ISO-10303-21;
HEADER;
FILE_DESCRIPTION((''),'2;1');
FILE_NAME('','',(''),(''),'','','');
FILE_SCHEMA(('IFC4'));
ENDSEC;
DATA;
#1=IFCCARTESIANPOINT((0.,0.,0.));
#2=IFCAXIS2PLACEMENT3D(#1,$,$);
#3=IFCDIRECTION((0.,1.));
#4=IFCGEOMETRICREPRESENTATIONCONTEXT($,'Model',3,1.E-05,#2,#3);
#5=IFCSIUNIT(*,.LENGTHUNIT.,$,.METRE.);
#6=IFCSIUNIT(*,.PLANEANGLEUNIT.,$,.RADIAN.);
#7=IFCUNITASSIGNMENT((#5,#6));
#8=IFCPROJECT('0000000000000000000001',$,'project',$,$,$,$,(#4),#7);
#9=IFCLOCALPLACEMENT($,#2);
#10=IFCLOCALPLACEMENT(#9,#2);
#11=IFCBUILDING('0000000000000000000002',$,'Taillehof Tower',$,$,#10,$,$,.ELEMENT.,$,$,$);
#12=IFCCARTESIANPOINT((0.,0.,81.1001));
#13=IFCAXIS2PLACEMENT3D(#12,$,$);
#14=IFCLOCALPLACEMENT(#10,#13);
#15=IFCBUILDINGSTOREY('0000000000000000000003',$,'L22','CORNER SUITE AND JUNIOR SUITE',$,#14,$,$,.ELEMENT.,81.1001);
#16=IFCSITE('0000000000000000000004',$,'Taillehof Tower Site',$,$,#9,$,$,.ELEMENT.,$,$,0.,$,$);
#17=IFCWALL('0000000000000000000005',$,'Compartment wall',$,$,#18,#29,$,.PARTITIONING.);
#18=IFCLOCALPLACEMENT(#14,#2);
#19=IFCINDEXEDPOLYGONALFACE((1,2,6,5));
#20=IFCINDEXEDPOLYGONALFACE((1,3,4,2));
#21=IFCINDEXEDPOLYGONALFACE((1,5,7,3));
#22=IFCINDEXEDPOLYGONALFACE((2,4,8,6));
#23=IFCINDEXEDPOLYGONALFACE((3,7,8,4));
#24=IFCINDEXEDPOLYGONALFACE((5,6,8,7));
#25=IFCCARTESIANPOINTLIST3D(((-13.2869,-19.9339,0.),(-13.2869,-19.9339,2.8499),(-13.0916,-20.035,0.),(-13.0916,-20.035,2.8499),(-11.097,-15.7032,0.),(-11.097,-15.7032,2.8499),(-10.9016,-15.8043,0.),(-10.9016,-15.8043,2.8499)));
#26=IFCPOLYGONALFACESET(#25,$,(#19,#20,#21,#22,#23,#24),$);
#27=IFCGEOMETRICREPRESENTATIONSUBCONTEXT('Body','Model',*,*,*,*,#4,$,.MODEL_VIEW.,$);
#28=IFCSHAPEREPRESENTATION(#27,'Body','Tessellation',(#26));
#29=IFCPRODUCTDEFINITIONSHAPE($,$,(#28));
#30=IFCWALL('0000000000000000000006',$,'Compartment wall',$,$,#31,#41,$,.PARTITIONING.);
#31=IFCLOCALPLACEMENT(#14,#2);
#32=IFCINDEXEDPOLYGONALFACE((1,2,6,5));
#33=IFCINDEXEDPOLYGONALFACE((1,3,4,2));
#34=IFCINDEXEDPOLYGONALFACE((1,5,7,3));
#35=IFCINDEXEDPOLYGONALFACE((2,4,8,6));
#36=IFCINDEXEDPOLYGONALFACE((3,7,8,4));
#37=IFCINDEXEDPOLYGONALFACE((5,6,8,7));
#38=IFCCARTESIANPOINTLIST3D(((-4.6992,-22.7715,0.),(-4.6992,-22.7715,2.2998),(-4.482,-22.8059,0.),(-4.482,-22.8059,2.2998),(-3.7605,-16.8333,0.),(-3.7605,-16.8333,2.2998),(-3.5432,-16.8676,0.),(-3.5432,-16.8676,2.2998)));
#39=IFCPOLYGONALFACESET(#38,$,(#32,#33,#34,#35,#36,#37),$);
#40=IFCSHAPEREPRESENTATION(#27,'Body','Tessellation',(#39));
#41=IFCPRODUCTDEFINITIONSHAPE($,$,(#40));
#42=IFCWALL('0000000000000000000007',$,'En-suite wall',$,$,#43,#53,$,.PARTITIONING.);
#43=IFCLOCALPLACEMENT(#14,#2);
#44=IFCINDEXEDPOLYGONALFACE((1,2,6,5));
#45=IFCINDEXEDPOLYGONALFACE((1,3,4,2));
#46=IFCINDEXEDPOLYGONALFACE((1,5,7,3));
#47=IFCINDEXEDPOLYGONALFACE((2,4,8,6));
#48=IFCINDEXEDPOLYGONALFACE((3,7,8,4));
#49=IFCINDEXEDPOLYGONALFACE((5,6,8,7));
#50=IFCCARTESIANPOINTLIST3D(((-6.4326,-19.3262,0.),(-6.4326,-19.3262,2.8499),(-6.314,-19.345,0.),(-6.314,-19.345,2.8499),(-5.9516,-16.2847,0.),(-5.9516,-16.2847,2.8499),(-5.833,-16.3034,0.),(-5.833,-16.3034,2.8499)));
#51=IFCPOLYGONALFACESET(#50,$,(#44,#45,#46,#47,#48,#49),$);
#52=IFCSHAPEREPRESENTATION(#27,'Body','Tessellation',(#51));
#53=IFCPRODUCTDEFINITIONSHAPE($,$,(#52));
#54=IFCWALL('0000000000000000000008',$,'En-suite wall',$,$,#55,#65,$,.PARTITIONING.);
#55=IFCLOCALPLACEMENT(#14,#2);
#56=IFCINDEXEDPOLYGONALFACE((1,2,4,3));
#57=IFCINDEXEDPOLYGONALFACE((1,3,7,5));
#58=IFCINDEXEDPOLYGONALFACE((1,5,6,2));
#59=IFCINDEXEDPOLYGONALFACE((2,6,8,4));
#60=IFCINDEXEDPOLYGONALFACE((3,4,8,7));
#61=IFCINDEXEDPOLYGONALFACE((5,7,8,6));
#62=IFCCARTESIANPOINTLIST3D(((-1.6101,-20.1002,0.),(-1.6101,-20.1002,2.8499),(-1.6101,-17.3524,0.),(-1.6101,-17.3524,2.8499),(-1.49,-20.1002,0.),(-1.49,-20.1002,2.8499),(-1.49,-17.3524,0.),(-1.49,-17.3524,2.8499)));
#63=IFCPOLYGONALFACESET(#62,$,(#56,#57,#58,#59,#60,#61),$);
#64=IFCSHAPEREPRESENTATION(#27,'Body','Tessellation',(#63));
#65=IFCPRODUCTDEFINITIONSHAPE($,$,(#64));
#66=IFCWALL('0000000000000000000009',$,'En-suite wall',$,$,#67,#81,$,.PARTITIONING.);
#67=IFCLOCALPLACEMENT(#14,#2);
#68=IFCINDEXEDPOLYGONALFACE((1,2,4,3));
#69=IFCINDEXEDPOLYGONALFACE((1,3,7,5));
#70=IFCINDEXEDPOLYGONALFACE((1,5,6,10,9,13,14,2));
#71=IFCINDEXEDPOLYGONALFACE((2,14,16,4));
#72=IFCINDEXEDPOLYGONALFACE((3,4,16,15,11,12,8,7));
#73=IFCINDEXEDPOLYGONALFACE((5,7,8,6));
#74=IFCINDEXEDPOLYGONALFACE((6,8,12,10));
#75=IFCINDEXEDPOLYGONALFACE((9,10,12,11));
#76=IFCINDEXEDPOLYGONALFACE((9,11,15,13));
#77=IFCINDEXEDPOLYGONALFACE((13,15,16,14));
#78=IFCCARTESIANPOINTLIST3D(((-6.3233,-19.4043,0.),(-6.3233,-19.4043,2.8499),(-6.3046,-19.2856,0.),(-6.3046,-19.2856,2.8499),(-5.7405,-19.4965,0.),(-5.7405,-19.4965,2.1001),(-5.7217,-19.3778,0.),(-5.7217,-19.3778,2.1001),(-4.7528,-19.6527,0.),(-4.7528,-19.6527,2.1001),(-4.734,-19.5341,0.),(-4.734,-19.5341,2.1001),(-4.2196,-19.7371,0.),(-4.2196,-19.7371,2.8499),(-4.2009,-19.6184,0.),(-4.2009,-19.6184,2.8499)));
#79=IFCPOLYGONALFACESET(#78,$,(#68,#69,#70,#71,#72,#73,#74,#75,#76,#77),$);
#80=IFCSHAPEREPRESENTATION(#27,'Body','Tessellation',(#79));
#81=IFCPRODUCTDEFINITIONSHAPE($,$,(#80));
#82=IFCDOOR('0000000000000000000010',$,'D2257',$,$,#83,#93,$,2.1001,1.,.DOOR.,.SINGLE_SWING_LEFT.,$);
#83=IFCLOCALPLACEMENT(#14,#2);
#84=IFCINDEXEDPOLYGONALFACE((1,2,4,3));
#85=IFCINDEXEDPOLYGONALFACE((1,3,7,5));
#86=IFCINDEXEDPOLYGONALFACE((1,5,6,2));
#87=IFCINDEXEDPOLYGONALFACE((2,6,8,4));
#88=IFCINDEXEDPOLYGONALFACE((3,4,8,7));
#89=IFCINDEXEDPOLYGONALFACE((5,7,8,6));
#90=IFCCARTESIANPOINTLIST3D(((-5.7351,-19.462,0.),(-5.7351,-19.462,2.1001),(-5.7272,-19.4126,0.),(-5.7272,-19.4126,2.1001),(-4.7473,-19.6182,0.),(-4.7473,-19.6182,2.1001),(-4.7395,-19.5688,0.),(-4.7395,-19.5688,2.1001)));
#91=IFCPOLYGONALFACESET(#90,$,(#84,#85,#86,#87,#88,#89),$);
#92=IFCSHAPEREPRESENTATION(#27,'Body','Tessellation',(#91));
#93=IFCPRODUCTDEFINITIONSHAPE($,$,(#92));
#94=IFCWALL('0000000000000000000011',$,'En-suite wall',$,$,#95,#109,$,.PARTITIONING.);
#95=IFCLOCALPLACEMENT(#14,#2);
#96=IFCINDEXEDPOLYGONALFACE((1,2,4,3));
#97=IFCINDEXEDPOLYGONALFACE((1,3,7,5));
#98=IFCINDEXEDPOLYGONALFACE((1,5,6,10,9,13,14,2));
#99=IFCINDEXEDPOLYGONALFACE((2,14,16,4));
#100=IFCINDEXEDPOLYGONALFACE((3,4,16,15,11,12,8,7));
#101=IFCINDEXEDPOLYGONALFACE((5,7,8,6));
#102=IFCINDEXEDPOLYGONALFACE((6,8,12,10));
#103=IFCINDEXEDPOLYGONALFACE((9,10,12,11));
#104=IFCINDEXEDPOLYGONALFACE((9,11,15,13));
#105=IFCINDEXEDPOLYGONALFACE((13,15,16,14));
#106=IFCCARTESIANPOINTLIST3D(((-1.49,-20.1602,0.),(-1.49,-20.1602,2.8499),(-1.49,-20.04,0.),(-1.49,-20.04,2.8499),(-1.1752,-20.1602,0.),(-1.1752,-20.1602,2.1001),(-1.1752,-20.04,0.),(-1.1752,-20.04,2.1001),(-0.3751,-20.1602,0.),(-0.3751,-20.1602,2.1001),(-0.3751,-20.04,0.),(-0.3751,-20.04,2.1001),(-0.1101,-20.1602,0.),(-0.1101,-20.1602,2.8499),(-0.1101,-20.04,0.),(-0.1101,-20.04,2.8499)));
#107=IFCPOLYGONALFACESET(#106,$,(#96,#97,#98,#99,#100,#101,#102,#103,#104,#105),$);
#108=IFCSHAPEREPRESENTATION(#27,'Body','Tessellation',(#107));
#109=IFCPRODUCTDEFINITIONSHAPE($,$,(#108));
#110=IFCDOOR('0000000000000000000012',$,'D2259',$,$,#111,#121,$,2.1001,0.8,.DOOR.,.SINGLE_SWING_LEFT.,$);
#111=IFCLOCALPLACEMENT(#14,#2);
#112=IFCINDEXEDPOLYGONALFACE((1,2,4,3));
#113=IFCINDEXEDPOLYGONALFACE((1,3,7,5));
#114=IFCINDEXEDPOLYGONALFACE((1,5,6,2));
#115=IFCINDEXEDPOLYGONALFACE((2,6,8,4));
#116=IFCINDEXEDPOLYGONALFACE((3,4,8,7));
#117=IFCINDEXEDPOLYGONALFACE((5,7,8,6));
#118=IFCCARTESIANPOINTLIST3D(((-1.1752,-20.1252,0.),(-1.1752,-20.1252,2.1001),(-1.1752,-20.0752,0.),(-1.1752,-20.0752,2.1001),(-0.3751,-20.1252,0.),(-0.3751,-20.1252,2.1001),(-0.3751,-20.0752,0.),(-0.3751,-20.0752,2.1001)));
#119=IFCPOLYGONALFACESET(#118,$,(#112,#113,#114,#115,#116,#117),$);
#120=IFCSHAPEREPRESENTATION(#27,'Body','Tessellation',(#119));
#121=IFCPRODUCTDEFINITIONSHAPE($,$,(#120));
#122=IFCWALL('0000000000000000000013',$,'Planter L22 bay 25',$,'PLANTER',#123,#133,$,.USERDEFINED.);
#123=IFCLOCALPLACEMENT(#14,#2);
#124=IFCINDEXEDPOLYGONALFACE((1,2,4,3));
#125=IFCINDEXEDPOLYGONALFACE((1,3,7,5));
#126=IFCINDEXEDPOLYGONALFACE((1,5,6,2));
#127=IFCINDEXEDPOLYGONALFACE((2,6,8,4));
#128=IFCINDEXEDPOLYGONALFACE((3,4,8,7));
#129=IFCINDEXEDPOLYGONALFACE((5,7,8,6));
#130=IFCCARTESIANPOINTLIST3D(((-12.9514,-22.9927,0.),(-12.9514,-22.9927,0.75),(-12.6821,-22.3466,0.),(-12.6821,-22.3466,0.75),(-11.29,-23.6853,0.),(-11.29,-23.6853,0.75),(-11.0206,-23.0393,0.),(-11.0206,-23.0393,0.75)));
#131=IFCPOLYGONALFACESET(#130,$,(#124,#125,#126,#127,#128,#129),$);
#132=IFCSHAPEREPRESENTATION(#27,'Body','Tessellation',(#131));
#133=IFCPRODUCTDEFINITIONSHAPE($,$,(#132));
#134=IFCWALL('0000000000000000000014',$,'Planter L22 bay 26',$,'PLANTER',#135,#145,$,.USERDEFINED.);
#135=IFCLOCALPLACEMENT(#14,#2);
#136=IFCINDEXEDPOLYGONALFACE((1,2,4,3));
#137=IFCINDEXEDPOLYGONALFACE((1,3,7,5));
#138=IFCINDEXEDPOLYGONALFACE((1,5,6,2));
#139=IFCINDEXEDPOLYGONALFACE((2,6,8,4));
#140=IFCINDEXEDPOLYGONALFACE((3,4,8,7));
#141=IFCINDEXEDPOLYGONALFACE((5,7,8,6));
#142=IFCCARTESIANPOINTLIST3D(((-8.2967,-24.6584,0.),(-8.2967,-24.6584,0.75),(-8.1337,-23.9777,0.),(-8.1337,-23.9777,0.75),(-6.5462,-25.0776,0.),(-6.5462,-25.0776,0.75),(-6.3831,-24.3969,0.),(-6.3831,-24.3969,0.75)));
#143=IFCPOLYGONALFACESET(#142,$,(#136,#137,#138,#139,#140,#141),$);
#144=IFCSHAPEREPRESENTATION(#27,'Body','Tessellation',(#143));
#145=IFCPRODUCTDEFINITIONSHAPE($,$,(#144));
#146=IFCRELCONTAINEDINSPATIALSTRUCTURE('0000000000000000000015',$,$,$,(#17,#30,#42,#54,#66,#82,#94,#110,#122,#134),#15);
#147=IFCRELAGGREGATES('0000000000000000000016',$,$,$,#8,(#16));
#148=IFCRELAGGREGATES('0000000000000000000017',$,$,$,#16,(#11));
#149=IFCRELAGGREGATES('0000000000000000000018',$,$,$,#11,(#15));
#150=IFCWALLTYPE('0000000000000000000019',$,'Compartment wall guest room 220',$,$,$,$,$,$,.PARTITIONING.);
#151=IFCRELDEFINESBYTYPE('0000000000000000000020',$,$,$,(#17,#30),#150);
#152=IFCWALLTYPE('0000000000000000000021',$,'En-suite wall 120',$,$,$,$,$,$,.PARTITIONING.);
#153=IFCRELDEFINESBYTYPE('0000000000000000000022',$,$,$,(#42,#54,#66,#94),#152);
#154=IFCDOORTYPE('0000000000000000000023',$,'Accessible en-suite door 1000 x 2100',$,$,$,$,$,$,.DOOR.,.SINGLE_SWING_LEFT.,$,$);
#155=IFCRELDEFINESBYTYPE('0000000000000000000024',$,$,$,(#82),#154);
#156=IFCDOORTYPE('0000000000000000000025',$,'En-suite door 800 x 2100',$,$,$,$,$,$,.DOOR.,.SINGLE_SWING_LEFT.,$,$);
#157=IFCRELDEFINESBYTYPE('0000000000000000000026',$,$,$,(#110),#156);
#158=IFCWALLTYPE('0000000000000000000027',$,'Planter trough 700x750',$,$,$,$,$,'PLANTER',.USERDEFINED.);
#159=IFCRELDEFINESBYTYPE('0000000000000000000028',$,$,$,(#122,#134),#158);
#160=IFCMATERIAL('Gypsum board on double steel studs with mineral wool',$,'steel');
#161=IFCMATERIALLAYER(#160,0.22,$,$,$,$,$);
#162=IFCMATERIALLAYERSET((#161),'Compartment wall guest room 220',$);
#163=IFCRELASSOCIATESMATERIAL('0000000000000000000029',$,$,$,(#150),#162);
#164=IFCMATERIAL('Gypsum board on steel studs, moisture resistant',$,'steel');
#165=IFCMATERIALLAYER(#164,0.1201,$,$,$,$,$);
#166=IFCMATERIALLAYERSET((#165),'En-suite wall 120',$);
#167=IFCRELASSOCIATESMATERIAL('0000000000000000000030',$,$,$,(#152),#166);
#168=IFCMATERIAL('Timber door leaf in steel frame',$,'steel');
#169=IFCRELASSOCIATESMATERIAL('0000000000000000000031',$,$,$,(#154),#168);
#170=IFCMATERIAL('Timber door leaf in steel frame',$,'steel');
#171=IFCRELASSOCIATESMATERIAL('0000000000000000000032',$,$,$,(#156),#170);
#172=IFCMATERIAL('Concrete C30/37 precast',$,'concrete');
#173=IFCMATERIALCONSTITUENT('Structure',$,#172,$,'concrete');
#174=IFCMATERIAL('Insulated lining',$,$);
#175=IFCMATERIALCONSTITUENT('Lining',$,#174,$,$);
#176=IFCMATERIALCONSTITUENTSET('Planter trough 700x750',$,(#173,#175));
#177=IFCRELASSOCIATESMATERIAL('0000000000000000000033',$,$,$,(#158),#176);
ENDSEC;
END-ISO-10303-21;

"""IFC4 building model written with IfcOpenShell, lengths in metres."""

from ifc_helpers import new_model, si_unit, direction, frame, frame_2d, origin, place, context, subcontext, project, spatial, rectangle, extrude, material, layer, layer_set, constituent, constituent_set, type_object, element, fill, save


model = new_model("IFC4")

# Units and contexts
model_context = context("Model", 3, precision=1e-05, world=origin(), true_north=direction((0.0, 1.0)))
body_context = subcontext(model_context, "Body", "Model", "MODEL_VIEW")
ifc_project = project(units=[si_unit("LENGTHUNIT", "METRE"), si_unit("PLANEANGLEUNIT", "RADIAN")], contexts=[model_context])

# Site, building, storey
site_placement = place(None, origin())
site = spatial("IfcSite", under=ifc_project, at=site_placement, Name="Taillehof Tower Site", CompositionType="ELEMENT", RefElevation=0.0)
building_placement = place(site_placement, origin())
building = spatial("IfcBuilding", under=site, at=building_placement, Name="Taillehof Tower", CompositionType="ELEMENT")
storey_placement = place(building_placement, frame((0.0, 0.0, 81.1001)))
storey = spatial("IfcBuildingStorey", under=building, at=storey_placement, Name="L22", Description="CORNER SUITE AND JUNIOR SUITE", CompositionType="ELEMENT", Elevation=81.1001)

# Walls
ifc_material_1 = material(Name="Gypsum board on double steel studs with mineral wool", Category="steel")
ifc_layer_1 = layer(ifc_material_1, 0.22)
ifc_layer_set_1 = layer_set([ifc_layer_1], Name="Compartment wall guest room 220")
wall_type_1 = type_object("IfcWallType", Name="Compartment wall guest room 220", PredefinedType="PARTITIONING", material=ifc_layer_set_1)
wall_1_placement = place(storey_placement, frame((-13.1892, -19.9844, 0.0), z_axis=(0.0, 0.0, 1.0), x_axis=(0.459695, 0.888077, 0.0)))
element("IfcWall", 1, at=wall_1_placement, inside=storey, type_object=wall_type_1, Name="Compartment wall", PredefinedType="PARTITIONING", context=body_context, shape_type="SweptSolid", body=[
    extrude(rectangle(XDim=4.7639, YDim=0.22, at=frame_2d((2.3818, 0.0))), origin(), (0.0, 0.0, 1.0), 2.8499),
])
wall_2_placement = place(storey_placement, frame((-4.5906, -22.7886, 0.0), z_axis=(0.0, 0.0, 1.0), x_axis=(0.156142, 0.987735, 0.0)))
element("IfcWall", 2, at=wall_2_placement, inside=storey, type_object=wall_type_1, Name="Compartment wall", PredefinedType="PARTITIONING", context=body_context, shape_type="SweptSolid", body=[
    extrude(rectangle(XDim=6.012, YDim=0.22, at=frame_2d((3.0059, 0.0))), origin(), (0.0, 0.0, 1.0), 2.2998),
])
ifc_material_2 = material(Name="Gypsum board on steel studs, moisture resistant", Category="steel")
ifc_layer_2 = layer(ifc_material_2, 0.1201)
ifc_layer_set_2 = layer_set([ifc_layer_2], Name="En-suite wall 120")
wall_type_2 = type_object("IfcWallType", Name="En-suite wall 120", PredefinedType="PARTITIONING", material=ifc_layer_set_2)
wall_3_placement = place(storey_placement, frame((-5.8923, -16.2942, 0.0), z_axis=(0.0, 0.0, 1.0), x_axis=(-0.156191, -0.987727, 0.0)))
element("IfcWall", 3, at=wall_3_placement, inside=storey, type_object=wall_type_2, Name="En-suite wall", PredefinedType="PARTITIONING", context=body_context, shape_type="SweptSolid", body=[
    extrude(rectangle(XDim=3.0793, YDim=0.1201, at=frame_2d((1.5396, 0.0))), origin(), (0.0, 0.0, 1.0), 2.8499),
])
wall_4_placement = place(storey_placement, frame((-1.55, -17.3523, 0.0), z_axis=(0.0, 0.0, 1.0), x_axis=(0.0, -1.0, 0.0)))
element("IfcWall", 4, at=wall_4_placement, inside=storey, type_object=wall_type_2, Name="En-suite wall", PredefinedType="PARTITIONING", context=body_context, shape_type="SweptSolid", body=[
    extrude(rectangle(XDim=2.7478, YDim=0.1201, at=frame_2d((1.374, 0.0))), origin(), (0.0, 0.0, 1.0), 2.8499),
])

# Walls, openings, doors
wall_5_placement = place(storey_placement, frame((-6.314, -19.345, 0.0), z_axis=(0.0, 0.0, 1.0), x_axis=(0.98772, -0.156233, 0.0)))
wall_5 = element("IfcWall", 5, at=wall_5_placement, inside=storey, type_object=wall_type_2, Name="En-suite wall", PredefinedType="PARTITIONING", context=body_context, shape_type="SweptSolid", body=[
    extrude(rectangle(XDim=2.1299, YDim=0.1201, at=frame_2d((1.0649, 0.0))), origin(), (0.0, 0.0, 1.0), 2.8499),
])
opening_1_placement = place(wall_5_placement, frame((0.5901, 0.0, 0.0)))
opening_1 = element("IfcOpeningElement", 6, at=opening_1_placement, cuts=wall_5, PredefinedType="OPENING", context=body_context, shape_type="SweptSolid", body=[
    extrude(rectangle(XDim=1.0, YDim=2.1001, at=frame_2d((0.5, 1.05))), frame((0.0, 0.0701, 0.0), z_axis=(0.0, -1.0, 0.0), x_axis=(1.0, 0.0, 0.0)), (0.0, 0.0, 1.0), 0.1401),
])
ifc_material_3 = material(Name="Timber door leaf in steel frame", Category="steel")
door_type_1 = type_object("IfcDoorType", Name="Accessible en-suite door 1000 x 2100", OperationType="SINGLE_SWING_LEFT", PredefinedType="DOOR", material=ifc_material_3)
door_1_placement = place(opening_1_placement, origin())
door_1 = element("IfcDoor", 7, at=door_1_placement, inside=storey, type_object=door_type_1, Name="D2257", OperationType="SINGLE_SWING_LEFT", OverallHeight=2.1001, OverallWidth=1.0, PredefinedType="DOOR", context=body_context, shape_type="SweptSolid", body=[
    extrude(rectangle(XDim=1.0, YDim=2.1001, at=frame_2d((0.5, 1.05))), frame((0.0, 0.0249, 0.0), z_axis=(0.0, -1.0, 0.0), x_axis=(1.0, 0.0, 0.0)), (0.0, 0.0, 1.0), 0.05),
])
fill(opening_1, door_1)
wall_6_placement = place(storey_placement, frame((-1.49, -20.1001, 0.0), z_axis=(0.0, 0.0, 1.0), x_axis=(1.0, 0.0, 0.0)))
wall_6 = element("IfcWall", 8, at=wall_6_placement, inside=storey, type_object=wall_type_2, Name="En-suite wall", PredefinedType="PARTITIONING", context=body_context, shape_type="SweptSolid", body=[
    extrude(rectangle(XDim=1.3799, YDim=0.1201, at=frame_2d((0.6899, 0.0))), origin(), (0.0, 0.0, 1.0), 2.8499),
])
opening_2_placement = place(wall_6_placement, frame((0.3149, 0.0, 0.0)))
opening_2 = element("IfcOpeningElement", 9, at=opening_2_placement, cuts=wall_6, PredefinedType="OPENING", context=body_context, shape_type="SweptSolid", body=[
    extrude(rectangle(XDim=0.8, YDim=2.1001, at=frame_2d((0.3999, 1.05))), frame((0.0, 0.0701, 0.0), z_axis=(0.0, -1.0, 0.0), x_axis=(1.0, 0.0, 0.0)), (0.0, 0.0, 1.0), 0.1401),
])
ifc_material_4 = material(Name="Timber door leaf in steel frame", Category="steel")
door_type_2 = type_object("IfcDoorType", Name="En-suite door 800 x 2100", OperationType="SINGLE_SWING_LEFT", PredefinedType="DOOR", material=ifc_material_4)
door_2_placement = place(opening_2_placement, origin())
door_2 = element("IfcDoor", 10, at=door_2_placement, inside=storey, type_object=door_type_2, Name="D2259", OperationType="SINGLE_SWING_LEFT", OverallHeight=2.1001, OverallWidth=0.8, PredefinedType="DOOR", context=body_context, shape_type="SweptSolid", body=[
    extrude(rectangle(XDim=0.8, YDim=2.1001, at=frame_2d((0.3999, 1.05))), frame((0.0, 0.0249, 0.0), z_axis=(0.0, -1.0, 0.0), x_axis=(1.0, 0.0, 0.0)), (0.0, 0.0, 1.0), 0.05),
])
fill(opening_2, door_2)

# Walls
ifc_material_5 = material(Name="Concrete C30/37 precast", Category="concrete")
ifc_constituent_1 = constituent(ifc_material_5, Name="Structure", Category="concrete")
ifc_material_6 = material(Name="Insulated lining")
ifc_constituent_2 = constituent(ifc_material_6, Name="Lining")
ifc_constituent_set = constituent_set(constituents=[ifc_constituent_1, ifc_constituent_2], Name="Planter trough 700x750")
wall_type_3 = type_object("IfcWallType", Name="Planter trough 700x750", ElementType="PLANTER", PredefinedType="USERDEFINED", material=ifc_constituent_set)
for number, where, z_axis, x_axis, name in (
    (11, (-12.8167, -22.6697, 0.0), (0.0, 0.0, 1.0), (0.923001, -0.384798, 0.0), "Planter L22 bay 25"),
    (12, (-8.2151, -24.3181, 0.0), (0.0, 0.0, 1.0), (0.972504, -0.232886, 0.0), "Planter L22 bay 26"),
):
    element("IfcWall", number, at=place(storey_placement, frame(where, z_axis=z_axis, x_axis=x_axis)), inside=storey, type_object=wall_type_3, Name=name, ObjectType="PLANTER", PredefinedType="USERDEFINED", context=body_context, shape_type="SweptSolid", body=[
        extrude(rectangle(XDim=1.8, YDim=0.7, at=frame_2d((0.8999, 0.0))), origin(), (0.0, 0.0, 1.0), 0.75),
    ])

save(model, "model.ifc")
